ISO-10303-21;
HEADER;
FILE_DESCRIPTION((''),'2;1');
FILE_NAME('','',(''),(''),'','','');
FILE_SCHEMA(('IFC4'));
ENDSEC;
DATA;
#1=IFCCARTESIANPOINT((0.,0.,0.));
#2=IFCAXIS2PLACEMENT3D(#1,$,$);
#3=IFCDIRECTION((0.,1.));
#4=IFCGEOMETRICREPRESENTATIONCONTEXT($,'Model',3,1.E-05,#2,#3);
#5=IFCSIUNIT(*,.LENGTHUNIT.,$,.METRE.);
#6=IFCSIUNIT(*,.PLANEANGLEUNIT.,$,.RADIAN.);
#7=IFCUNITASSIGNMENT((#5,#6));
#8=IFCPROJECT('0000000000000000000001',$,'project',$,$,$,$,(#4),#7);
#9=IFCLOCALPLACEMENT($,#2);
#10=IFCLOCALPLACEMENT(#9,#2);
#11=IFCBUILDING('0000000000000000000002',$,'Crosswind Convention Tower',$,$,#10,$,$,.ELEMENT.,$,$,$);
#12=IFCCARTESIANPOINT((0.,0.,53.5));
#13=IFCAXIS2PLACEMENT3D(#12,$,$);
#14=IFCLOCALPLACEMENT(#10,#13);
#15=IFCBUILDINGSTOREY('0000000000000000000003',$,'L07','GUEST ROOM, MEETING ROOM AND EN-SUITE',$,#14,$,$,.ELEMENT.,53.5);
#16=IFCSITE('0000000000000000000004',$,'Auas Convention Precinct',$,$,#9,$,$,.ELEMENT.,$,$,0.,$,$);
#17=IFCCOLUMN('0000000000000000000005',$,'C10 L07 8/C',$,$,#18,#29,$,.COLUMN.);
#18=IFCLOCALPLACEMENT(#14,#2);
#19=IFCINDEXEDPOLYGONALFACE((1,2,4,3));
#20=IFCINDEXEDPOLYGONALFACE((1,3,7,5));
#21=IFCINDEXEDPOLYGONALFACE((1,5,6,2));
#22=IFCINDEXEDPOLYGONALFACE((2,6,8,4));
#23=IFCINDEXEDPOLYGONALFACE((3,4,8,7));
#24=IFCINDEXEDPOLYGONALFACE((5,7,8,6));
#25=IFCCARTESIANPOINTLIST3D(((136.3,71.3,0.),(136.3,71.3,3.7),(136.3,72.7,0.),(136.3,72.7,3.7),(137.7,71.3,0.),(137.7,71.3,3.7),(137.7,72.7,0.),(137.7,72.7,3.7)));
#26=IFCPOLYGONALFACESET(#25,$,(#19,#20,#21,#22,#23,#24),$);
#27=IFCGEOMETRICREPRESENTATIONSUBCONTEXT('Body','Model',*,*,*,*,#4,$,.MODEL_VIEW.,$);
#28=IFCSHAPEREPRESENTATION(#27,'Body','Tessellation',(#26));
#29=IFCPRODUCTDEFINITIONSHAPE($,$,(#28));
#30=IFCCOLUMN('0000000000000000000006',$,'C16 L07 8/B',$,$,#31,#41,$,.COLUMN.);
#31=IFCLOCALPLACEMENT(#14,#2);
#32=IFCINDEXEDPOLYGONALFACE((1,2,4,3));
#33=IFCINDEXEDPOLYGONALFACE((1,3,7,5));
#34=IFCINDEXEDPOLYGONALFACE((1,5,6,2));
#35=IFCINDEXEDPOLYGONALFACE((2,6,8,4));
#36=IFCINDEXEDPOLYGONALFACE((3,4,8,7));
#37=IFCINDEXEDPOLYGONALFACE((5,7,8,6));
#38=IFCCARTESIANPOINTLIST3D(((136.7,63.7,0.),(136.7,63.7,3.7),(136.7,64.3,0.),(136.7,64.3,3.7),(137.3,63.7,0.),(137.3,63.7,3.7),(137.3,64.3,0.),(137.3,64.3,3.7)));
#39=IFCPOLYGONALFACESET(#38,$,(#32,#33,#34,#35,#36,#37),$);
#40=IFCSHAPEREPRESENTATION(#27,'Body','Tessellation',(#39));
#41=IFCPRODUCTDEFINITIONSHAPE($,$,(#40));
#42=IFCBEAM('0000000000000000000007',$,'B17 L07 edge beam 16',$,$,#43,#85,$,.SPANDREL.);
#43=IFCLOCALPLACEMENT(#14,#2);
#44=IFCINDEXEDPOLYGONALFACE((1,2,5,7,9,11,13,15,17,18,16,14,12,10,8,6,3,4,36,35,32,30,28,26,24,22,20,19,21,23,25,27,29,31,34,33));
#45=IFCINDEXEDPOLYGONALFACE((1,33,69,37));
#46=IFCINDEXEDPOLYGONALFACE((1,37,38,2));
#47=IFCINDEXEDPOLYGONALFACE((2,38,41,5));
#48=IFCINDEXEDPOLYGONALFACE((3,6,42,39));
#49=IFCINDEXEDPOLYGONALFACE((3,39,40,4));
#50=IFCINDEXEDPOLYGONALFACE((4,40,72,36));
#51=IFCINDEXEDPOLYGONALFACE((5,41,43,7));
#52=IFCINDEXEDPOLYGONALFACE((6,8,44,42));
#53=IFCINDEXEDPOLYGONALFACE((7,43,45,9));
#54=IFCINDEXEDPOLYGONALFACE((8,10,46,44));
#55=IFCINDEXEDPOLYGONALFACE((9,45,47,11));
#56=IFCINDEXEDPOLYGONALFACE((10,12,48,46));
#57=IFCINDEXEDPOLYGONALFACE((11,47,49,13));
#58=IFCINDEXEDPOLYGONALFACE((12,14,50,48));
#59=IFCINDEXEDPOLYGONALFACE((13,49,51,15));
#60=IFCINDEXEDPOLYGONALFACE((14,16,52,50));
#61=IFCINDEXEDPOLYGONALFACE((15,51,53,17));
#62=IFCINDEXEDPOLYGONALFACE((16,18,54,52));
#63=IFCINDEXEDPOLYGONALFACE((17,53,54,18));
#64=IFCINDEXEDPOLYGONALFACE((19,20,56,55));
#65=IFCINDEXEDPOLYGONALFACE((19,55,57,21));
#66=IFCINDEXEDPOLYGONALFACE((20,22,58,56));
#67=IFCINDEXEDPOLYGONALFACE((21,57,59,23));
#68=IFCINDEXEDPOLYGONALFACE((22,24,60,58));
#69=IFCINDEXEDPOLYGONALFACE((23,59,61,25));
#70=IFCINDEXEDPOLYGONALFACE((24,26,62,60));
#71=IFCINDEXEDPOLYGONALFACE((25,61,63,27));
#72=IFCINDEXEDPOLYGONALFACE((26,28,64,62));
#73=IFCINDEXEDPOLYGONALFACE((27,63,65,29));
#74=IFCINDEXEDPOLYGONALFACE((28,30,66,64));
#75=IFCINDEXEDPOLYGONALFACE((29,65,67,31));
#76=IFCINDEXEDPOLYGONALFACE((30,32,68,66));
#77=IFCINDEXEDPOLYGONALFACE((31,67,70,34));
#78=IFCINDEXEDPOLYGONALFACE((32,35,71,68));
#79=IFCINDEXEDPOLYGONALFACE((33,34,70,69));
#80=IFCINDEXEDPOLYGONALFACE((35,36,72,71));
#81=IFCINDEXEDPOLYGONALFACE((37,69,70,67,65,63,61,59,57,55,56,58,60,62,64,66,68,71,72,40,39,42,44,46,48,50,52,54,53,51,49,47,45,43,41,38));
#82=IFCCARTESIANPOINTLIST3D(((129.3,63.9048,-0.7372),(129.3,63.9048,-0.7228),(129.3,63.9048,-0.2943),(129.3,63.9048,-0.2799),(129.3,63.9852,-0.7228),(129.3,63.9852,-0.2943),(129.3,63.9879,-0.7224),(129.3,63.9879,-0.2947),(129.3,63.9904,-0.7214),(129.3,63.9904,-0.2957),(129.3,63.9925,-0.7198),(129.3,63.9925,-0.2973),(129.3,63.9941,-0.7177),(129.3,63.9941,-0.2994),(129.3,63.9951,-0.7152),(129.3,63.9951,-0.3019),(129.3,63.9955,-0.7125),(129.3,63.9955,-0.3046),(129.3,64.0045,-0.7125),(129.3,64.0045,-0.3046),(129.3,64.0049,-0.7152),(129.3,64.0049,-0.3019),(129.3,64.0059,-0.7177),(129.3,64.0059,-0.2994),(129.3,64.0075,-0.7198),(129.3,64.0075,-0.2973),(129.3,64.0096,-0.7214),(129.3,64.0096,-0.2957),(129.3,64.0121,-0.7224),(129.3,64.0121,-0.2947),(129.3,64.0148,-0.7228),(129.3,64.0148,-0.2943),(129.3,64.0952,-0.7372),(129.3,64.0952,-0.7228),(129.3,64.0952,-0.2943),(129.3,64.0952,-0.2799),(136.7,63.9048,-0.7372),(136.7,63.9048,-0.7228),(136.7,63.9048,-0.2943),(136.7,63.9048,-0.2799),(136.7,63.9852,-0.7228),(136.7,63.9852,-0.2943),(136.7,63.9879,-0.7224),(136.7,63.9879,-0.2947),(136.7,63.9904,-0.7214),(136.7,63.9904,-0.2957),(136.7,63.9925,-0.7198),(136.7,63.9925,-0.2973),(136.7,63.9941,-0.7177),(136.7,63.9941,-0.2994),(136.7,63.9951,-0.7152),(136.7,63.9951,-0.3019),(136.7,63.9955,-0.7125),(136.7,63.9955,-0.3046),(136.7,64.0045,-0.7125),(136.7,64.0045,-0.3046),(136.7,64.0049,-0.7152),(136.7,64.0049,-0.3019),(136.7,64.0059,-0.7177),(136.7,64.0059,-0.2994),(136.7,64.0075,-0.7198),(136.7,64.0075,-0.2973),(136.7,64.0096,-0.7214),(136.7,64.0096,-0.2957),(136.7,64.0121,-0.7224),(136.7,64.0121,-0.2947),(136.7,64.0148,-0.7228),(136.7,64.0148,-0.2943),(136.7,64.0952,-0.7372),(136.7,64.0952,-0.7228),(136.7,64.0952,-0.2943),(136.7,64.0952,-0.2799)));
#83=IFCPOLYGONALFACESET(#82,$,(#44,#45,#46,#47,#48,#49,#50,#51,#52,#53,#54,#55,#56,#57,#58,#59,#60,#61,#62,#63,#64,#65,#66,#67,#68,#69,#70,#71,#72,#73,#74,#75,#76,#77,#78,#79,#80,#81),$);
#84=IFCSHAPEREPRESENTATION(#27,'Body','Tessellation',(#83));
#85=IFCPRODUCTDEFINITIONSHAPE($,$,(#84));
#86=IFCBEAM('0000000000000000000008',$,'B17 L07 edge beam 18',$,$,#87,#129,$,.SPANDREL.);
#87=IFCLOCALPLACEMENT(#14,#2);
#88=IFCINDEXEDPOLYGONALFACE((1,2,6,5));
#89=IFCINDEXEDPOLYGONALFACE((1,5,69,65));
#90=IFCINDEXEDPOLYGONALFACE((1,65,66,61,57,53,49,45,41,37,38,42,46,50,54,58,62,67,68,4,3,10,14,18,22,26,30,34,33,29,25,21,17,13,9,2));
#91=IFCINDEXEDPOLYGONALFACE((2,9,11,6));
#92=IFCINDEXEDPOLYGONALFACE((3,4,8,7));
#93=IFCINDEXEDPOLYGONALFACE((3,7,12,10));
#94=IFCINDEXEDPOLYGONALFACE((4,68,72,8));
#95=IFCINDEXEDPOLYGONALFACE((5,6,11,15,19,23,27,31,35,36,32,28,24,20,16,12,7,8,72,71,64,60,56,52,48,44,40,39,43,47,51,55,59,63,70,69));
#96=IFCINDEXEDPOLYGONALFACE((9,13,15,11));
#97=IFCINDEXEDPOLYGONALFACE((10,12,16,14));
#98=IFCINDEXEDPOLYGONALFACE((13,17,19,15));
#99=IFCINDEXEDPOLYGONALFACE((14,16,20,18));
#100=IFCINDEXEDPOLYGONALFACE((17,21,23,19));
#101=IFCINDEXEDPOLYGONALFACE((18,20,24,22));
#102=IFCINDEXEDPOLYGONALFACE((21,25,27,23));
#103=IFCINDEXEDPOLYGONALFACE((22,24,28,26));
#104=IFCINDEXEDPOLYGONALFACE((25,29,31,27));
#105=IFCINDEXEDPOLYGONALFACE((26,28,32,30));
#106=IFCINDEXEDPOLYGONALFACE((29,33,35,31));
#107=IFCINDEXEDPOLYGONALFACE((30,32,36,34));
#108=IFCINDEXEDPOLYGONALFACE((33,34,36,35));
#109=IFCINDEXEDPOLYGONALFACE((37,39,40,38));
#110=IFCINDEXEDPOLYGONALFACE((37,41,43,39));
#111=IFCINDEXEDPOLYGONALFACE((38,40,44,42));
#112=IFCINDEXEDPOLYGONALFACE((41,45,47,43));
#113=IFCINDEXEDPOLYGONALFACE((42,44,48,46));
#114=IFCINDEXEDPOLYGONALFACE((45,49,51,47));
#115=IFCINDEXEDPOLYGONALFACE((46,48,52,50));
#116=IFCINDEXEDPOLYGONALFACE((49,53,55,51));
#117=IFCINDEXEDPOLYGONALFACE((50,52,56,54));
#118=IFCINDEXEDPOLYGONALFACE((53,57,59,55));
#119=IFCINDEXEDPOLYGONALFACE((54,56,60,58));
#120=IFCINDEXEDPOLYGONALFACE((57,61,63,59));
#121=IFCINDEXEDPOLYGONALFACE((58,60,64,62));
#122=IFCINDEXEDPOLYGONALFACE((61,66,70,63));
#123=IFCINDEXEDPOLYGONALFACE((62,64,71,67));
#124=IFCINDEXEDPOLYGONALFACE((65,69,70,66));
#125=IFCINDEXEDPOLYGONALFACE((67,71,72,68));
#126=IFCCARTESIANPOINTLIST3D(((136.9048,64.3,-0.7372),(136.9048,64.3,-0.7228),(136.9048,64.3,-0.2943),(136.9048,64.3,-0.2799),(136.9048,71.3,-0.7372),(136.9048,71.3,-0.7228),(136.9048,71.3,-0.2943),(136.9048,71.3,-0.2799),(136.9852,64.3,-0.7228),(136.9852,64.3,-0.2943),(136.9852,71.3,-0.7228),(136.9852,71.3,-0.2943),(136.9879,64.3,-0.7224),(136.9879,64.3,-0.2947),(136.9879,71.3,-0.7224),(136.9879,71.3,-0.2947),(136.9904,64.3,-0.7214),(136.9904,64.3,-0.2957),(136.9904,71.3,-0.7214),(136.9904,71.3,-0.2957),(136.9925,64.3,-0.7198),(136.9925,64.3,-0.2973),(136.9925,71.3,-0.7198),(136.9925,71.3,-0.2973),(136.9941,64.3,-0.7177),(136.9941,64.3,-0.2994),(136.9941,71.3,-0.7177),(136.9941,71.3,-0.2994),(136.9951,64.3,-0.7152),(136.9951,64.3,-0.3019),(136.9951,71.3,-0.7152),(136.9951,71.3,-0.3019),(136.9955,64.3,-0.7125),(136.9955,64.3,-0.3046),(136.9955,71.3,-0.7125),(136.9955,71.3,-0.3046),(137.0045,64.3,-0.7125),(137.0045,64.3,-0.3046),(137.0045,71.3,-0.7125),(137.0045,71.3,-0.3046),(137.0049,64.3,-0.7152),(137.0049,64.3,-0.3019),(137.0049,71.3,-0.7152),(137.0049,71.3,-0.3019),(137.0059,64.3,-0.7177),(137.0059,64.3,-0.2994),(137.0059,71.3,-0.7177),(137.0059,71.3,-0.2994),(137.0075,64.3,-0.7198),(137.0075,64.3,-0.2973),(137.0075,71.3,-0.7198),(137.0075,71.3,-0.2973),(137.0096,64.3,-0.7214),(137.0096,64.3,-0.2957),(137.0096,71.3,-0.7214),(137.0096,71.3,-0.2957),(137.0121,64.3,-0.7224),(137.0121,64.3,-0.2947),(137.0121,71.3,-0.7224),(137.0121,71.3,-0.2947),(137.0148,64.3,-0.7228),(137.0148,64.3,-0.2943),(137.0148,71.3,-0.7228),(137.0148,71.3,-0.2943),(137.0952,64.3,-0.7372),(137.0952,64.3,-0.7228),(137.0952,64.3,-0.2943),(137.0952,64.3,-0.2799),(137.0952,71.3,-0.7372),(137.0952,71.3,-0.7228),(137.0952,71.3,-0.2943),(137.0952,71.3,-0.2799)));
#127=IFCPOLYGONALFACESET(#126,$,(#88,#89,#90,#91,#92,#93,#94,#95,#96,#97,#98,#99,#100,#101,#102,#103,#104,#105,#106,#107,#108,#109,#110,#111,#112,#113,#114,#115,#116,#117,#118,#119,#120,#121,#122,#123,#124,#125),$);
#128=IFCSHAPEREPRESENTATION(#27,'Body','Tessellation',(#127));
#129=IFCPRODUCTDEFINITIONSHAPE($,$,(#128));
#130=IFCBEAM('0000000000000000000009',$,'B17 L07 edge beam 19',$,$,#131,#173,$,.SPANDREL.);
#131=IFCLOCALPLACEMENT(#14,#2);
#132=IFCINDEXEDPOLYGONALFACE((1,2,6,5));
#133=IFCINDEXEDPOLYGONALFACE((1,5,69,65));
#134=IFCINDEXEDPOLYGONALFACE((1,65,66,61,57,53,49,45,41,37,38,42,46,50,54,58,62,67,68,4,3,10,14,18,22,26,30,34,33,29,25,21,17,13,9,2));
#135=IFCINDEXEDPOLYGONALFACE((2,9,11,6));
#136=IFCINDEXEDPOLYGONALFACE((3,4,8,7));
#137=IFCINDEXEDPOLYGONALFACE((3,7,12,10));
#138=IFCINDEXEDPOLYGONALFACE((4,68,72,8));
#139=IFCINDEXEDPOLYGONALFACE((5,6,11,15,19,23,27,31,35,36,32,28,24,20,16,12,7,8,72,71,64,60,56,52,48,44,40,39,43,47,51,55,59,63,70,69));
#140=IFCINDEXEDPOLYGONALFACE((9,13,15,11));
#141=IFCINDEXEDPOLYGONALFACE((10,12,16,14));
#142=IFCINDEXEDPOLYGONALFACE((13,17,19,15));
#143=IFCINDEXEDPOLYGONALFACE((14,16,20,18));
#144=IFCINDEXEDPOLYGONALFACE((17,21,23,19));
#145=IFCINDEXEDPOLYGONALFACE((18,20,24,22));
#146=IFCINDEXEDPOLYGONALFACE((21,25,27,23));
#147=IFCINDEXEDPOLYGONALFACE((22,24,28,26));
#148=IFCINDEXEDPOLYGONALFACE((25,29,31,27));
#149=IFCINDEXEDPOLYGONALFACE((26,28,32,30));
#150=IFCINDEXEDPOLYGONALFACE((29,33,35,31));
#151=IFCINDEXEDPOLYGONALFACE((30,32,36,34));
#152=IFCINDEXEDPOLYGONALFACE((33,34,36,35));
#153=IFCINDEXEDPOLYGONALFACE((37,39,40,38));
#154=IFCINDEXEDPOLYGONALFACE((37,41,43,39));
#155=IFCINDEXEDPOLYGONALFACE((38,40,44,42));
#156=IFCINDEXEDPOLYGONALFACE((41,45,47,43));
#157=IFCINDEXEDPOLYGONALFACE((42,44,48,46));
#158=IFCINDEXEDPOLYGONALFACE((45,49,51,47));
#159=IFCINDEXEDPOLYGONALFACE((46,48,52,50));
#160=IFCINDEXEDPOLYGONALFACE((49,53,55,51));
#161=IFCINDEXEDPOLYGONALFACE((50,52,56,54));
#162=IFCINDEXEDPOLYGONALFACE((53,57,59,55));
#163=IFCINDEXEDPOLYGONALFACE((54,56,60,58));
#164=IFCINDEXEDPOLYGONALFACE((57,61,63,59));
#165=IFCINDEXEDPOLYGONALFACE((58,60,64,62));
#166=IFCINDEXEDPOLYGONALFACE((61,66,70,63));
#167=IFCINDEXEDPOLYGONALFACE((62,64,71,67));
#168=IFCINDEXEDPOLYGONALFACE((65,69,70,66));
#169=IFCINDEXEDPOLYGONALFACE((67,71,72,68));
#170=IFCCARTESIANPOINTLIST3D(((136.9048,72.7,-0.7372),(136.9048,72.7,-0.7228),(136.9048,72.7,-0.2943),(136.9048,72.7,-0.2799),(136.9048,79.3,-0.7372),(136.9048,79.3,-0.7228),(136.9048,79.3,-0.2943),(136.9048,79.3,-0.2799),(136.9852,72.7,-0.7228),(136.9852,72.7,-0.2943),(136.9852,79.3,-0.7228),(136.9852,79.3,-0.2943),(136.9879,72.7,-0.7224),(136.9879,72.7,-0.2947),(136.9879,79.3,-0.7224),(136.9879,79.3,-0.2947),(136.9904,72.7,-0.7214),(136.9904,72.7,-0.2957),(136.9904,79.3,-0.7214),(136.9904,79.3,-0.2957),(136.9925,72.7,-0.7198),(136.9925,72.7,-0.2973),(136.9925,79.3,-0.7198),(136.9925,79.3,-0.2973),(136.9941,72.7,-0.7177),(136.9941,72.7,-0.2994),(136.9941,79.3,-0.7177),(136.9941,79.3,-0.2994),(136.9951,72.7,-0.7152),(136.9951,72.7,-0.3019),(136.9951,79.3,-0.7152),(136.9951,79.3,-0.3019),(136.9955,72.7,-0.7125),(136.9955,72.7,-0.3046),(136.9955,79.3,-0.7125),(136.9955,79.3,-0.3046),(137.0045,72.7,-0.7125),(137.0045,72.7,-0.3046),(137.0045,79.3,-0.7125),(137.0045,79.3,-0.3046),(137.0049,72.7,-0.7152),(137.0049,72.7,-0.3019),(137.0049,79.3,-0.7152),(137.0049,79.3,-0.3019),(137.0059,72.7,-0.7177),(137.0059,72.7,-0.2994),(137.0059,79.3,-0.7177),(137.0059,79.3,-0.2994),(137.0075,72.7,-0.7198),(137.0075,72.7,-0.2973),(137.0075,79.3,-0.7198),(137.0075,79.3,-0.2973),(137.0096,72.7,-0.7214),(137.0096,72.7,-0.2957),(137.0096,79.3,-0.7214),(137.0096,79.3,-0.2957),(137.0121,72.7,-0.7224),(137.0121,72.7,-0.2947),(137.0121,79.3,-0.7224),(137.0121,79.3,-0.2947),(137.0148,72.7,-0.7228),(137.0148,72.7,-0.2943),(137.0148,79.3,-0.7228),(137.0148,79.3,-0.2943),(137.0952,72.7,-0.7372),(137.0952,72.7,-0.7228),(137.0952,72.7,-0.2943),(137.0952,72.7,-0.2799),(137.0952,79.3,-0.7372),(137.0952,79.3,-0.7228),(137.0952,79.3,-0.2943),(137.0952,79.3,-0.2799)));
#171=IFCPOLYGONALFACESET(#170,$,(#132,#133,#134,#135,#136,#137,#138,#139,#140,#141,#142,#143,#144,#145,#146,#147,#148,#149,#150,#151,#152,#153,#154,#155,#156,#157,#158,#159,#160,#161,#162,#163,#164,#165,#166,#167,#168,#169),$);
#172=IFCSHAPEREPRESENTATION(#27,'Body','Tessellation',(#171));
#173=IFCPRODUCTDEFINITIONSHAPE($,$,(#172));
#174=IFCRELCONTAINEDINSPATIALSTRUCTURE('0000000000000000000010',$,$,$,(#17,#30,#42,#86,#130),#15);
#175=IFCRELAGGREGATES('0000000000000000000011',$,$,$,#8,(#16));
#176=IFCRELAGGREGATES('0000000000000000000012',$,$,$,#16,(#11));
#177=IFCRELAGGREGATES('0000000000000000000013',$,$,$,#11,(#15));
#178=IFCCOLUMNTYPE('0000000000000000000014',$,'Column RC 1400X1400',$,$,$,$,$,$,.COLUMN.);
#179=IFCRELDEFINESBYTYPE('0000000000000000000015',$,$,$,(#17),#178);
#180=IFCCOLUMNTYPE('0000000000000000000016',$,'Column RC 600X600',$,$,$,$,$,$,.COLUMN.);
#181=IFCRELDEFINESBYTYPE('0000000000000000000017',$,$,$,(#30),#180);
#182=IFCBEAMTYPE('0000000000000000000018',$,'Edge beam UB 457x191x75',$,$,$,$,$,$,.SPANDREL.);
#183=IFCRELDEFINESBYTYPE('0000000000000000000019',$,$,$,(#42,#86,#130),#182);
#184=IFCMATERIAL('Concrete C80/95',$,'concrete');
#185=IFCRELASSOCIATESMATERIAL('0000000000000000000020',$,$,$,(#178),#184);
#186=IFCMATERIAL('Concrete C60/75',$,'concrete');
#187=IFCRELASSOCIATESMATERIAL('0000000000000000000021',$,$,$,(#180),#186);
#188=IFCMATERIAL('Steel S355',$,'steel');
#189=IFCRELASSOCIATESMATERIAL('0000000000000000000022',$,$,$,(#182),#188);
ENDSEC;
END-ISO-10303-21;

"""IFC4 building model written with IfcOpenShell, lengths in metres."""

from ifc_helpers import new_model, si_unit, direction, frame, origin, origin_2d, place, context, subcontext, project, spatial, rectangle, i_section, extrude, material, material_profile, profile_set, type_object, element, save


model = new_model("IFC4")

# Units and contexts
model_context = context("Model", 3, precision=1e-05, world=origin(), true_north=direction((0.0, 1.0)))
body_context = subcontext(model_context, "Body", "Model", "MODEL_VIEW")
ifc_project = project(units=[si_unit("LENGTHUNIT", "METRE"), si_unit("PLANEANGLEUNIT", "RADIAN")], contexts=[model_context])

# Site, building, storey
site_placement = place(None, origin())
site = spatial("IfcSite", under=ifc_project, at=site_placement, Name="Auas Convention Precinct", CompositionType="ELEMENT", RefElevation=0.0)
building_placement = place(site_placement, origin())
building = spatial("IfcBuilding", under=site, at=building_placement, Name="Crosswind Convention Tower", CompositionType="ELEMENT")
storey_placement = place(building_placement, frame((0.0, 0.0, 53.5)))
storey = spatial("IfcBuildingStorey", under=building, at=storey_placement, Name="L07", Description="GUEST ROOM, MEETING ROOM AND EN-SUITE", CompositionType="ELEMENT", Elevation=53.5)

# Columns
ifc_material_1 = material(Name="Concrete C80/95", Category="concrete")
ifc_material_profile_1 = material_profile(ifc_material_1, rectangle(XDim=1.3999, YDim=1.3999, at=origin_2d()), Name="RC 1400X1400")
ifc_profile_set_1 = profile_set([ifc_material_profile_1], Name="Concrete C80/95")
column_type_1 = type_object("IfcColumnType", Name="Column RC 1400X1400", PredefinedType="COLUMN", material=ifc_profile_set_1)
column_1_placement = place(storey_placement, frame((137.0, 72.0, 0.0), z_axis=(0.0, 0.0, 1.0), x_axis=(1.0, 0.0, 0.0)))
element("IfcColumn", 1, at=column_1_placement, inside=storey, type_object=column_type_1, Name="C10 L07 8/C", PredefinedType="COLUMN", context=body_context, shape_type="SweptSolid", body=[
    extrude(rectangle(XDim=1.3999, YDim=1.3999, at=origin_2d()), origin(), (0.0, 0.0, 1.0), 3.7),
])
ifc_material_2 = material(Name="Concrete C60/75", Category="concrete")
ifc_material_profile_2 = material_profile(ifc_material_2, rectangle(XDim=0.6001, YDim=0.6001, at=origin_2d()), Name="RC 600X600")
ifc_profile_set_2 = profile_set([ifc_material_profile_2], Name="Concrete C60/75")
column_type_2 = type_object("IfcColumnType", Name="Column RC 600X600", PredefinedType="COLUMN", material=ifc_profile_set_2)
column_2_placement = place(storey_placement, frame((137.0, 64.0, 0.0), z_axis=(0.0, 0.0, 1.0), x_axis=(1.0, 0.0, 0.0)))
element("IfcColumn", 2, at=column_2_placement, inside=storey, type_object=column_type_2, Name="C16 L07 8/B", PredefinedType="COLUMN", context=body_context, shape_type="SweptSolid", body=[
    extrude(rectangle(XDim=0.6001, YDim=0.6001, at=origin_2d()), origin(), (0.0, 0.0, 1.0), 3.7),
])

# Beams
ifc_material_3 = material(Name="Steel S355", Category="steel")
ifc_material_profile_3 = material_profile(ifc_material_3, i_section(OverallWidth=0.1904, OverallDepth=0.4573, WebThickness=0.009, FlangeThickness=0.0144, FilletRadius=0.0103, at=origin_2d()), Name="UB 457x191x75")
ifc_profile_set_3 = profile_set([ifc_material_profile_3], Name="Steel S355")
beam_type_1 = type_object("IfcBeamType", Name="Edge beam UB 457x191x75", PredefinedType="SPANDREL", material=ifc_profile_set_3)
beam_1_placement = place(storey_placement, frame((129.3, 64.0, -0.5085), z_axis=(1.0, 0.0, 0.0), x_axis=(0.0, 1.0, 0.0)))
element("IfcBeam", 3, at=beam_1_placement, inside=storey, type_object=beam_type_1, Name="B17 L07 edge beam 16", PredefinedType="SPANDREL", context=body_context, shape_type="SweptSolid", body=[
    extrude(i_section(OverallWidth=0.1904, OverallDepth=0.4573, WebThickness=0.009, FlangeThickness=0.0144, FilletRadius=0.0103, at=origin_2d()), origin(), (0.0, 0.0, 1.0), 7.3999),
])
beam_2_placement = place(storey_placement, frame((137.0, 64.3, -0.5085), z_axis=(0.0, 1.0, 0.0), x_axis=(-1.0, 0.0, 0.0)))
element("IfcBeam", 4, at=beam_2_placement, inside=storey, type_object=beam_type_1, Name="B17 L07 edge beam 18", PredefinedType="SPANDREL", context=body_context, shape_type="SweptSolid", body=[
    extrude(i_section(OverallWidth=0.1904, OverallDepth=0.4573, WebThickness=0.009, FlangeThickness=0.0144, FilletRadius=0.0103, at=origin_2d()), origin(), (0.0, 0.0, 1.0), 7.0),
])
beam_3_placement = place(storey_placement, frame((137.0, 72.7, -0.5085), z_axis=(0.0, 1.0, 0.0), x_axis=(-1.0, 0.0, 0.0)))
element("IfcBeam", 5, at=beam_3_placement, inside=storey, type_object=beam_type_1, Name="B17 L07 edge beam 19", PredefinedType="SPANDREL", context=body_context, shape_type="SweptSolid", body=[
    extrude(i_section(OverallWidth=0.1904, OverallDepth=0.4573, WebThickness=0.009, FlangeThickness=0.0144, FilletRadius=0.0103, at=origin_2d()), origin(), (0.0, 0.0, 1.0), 6.6001),
])

save(model, "model.ifc")
